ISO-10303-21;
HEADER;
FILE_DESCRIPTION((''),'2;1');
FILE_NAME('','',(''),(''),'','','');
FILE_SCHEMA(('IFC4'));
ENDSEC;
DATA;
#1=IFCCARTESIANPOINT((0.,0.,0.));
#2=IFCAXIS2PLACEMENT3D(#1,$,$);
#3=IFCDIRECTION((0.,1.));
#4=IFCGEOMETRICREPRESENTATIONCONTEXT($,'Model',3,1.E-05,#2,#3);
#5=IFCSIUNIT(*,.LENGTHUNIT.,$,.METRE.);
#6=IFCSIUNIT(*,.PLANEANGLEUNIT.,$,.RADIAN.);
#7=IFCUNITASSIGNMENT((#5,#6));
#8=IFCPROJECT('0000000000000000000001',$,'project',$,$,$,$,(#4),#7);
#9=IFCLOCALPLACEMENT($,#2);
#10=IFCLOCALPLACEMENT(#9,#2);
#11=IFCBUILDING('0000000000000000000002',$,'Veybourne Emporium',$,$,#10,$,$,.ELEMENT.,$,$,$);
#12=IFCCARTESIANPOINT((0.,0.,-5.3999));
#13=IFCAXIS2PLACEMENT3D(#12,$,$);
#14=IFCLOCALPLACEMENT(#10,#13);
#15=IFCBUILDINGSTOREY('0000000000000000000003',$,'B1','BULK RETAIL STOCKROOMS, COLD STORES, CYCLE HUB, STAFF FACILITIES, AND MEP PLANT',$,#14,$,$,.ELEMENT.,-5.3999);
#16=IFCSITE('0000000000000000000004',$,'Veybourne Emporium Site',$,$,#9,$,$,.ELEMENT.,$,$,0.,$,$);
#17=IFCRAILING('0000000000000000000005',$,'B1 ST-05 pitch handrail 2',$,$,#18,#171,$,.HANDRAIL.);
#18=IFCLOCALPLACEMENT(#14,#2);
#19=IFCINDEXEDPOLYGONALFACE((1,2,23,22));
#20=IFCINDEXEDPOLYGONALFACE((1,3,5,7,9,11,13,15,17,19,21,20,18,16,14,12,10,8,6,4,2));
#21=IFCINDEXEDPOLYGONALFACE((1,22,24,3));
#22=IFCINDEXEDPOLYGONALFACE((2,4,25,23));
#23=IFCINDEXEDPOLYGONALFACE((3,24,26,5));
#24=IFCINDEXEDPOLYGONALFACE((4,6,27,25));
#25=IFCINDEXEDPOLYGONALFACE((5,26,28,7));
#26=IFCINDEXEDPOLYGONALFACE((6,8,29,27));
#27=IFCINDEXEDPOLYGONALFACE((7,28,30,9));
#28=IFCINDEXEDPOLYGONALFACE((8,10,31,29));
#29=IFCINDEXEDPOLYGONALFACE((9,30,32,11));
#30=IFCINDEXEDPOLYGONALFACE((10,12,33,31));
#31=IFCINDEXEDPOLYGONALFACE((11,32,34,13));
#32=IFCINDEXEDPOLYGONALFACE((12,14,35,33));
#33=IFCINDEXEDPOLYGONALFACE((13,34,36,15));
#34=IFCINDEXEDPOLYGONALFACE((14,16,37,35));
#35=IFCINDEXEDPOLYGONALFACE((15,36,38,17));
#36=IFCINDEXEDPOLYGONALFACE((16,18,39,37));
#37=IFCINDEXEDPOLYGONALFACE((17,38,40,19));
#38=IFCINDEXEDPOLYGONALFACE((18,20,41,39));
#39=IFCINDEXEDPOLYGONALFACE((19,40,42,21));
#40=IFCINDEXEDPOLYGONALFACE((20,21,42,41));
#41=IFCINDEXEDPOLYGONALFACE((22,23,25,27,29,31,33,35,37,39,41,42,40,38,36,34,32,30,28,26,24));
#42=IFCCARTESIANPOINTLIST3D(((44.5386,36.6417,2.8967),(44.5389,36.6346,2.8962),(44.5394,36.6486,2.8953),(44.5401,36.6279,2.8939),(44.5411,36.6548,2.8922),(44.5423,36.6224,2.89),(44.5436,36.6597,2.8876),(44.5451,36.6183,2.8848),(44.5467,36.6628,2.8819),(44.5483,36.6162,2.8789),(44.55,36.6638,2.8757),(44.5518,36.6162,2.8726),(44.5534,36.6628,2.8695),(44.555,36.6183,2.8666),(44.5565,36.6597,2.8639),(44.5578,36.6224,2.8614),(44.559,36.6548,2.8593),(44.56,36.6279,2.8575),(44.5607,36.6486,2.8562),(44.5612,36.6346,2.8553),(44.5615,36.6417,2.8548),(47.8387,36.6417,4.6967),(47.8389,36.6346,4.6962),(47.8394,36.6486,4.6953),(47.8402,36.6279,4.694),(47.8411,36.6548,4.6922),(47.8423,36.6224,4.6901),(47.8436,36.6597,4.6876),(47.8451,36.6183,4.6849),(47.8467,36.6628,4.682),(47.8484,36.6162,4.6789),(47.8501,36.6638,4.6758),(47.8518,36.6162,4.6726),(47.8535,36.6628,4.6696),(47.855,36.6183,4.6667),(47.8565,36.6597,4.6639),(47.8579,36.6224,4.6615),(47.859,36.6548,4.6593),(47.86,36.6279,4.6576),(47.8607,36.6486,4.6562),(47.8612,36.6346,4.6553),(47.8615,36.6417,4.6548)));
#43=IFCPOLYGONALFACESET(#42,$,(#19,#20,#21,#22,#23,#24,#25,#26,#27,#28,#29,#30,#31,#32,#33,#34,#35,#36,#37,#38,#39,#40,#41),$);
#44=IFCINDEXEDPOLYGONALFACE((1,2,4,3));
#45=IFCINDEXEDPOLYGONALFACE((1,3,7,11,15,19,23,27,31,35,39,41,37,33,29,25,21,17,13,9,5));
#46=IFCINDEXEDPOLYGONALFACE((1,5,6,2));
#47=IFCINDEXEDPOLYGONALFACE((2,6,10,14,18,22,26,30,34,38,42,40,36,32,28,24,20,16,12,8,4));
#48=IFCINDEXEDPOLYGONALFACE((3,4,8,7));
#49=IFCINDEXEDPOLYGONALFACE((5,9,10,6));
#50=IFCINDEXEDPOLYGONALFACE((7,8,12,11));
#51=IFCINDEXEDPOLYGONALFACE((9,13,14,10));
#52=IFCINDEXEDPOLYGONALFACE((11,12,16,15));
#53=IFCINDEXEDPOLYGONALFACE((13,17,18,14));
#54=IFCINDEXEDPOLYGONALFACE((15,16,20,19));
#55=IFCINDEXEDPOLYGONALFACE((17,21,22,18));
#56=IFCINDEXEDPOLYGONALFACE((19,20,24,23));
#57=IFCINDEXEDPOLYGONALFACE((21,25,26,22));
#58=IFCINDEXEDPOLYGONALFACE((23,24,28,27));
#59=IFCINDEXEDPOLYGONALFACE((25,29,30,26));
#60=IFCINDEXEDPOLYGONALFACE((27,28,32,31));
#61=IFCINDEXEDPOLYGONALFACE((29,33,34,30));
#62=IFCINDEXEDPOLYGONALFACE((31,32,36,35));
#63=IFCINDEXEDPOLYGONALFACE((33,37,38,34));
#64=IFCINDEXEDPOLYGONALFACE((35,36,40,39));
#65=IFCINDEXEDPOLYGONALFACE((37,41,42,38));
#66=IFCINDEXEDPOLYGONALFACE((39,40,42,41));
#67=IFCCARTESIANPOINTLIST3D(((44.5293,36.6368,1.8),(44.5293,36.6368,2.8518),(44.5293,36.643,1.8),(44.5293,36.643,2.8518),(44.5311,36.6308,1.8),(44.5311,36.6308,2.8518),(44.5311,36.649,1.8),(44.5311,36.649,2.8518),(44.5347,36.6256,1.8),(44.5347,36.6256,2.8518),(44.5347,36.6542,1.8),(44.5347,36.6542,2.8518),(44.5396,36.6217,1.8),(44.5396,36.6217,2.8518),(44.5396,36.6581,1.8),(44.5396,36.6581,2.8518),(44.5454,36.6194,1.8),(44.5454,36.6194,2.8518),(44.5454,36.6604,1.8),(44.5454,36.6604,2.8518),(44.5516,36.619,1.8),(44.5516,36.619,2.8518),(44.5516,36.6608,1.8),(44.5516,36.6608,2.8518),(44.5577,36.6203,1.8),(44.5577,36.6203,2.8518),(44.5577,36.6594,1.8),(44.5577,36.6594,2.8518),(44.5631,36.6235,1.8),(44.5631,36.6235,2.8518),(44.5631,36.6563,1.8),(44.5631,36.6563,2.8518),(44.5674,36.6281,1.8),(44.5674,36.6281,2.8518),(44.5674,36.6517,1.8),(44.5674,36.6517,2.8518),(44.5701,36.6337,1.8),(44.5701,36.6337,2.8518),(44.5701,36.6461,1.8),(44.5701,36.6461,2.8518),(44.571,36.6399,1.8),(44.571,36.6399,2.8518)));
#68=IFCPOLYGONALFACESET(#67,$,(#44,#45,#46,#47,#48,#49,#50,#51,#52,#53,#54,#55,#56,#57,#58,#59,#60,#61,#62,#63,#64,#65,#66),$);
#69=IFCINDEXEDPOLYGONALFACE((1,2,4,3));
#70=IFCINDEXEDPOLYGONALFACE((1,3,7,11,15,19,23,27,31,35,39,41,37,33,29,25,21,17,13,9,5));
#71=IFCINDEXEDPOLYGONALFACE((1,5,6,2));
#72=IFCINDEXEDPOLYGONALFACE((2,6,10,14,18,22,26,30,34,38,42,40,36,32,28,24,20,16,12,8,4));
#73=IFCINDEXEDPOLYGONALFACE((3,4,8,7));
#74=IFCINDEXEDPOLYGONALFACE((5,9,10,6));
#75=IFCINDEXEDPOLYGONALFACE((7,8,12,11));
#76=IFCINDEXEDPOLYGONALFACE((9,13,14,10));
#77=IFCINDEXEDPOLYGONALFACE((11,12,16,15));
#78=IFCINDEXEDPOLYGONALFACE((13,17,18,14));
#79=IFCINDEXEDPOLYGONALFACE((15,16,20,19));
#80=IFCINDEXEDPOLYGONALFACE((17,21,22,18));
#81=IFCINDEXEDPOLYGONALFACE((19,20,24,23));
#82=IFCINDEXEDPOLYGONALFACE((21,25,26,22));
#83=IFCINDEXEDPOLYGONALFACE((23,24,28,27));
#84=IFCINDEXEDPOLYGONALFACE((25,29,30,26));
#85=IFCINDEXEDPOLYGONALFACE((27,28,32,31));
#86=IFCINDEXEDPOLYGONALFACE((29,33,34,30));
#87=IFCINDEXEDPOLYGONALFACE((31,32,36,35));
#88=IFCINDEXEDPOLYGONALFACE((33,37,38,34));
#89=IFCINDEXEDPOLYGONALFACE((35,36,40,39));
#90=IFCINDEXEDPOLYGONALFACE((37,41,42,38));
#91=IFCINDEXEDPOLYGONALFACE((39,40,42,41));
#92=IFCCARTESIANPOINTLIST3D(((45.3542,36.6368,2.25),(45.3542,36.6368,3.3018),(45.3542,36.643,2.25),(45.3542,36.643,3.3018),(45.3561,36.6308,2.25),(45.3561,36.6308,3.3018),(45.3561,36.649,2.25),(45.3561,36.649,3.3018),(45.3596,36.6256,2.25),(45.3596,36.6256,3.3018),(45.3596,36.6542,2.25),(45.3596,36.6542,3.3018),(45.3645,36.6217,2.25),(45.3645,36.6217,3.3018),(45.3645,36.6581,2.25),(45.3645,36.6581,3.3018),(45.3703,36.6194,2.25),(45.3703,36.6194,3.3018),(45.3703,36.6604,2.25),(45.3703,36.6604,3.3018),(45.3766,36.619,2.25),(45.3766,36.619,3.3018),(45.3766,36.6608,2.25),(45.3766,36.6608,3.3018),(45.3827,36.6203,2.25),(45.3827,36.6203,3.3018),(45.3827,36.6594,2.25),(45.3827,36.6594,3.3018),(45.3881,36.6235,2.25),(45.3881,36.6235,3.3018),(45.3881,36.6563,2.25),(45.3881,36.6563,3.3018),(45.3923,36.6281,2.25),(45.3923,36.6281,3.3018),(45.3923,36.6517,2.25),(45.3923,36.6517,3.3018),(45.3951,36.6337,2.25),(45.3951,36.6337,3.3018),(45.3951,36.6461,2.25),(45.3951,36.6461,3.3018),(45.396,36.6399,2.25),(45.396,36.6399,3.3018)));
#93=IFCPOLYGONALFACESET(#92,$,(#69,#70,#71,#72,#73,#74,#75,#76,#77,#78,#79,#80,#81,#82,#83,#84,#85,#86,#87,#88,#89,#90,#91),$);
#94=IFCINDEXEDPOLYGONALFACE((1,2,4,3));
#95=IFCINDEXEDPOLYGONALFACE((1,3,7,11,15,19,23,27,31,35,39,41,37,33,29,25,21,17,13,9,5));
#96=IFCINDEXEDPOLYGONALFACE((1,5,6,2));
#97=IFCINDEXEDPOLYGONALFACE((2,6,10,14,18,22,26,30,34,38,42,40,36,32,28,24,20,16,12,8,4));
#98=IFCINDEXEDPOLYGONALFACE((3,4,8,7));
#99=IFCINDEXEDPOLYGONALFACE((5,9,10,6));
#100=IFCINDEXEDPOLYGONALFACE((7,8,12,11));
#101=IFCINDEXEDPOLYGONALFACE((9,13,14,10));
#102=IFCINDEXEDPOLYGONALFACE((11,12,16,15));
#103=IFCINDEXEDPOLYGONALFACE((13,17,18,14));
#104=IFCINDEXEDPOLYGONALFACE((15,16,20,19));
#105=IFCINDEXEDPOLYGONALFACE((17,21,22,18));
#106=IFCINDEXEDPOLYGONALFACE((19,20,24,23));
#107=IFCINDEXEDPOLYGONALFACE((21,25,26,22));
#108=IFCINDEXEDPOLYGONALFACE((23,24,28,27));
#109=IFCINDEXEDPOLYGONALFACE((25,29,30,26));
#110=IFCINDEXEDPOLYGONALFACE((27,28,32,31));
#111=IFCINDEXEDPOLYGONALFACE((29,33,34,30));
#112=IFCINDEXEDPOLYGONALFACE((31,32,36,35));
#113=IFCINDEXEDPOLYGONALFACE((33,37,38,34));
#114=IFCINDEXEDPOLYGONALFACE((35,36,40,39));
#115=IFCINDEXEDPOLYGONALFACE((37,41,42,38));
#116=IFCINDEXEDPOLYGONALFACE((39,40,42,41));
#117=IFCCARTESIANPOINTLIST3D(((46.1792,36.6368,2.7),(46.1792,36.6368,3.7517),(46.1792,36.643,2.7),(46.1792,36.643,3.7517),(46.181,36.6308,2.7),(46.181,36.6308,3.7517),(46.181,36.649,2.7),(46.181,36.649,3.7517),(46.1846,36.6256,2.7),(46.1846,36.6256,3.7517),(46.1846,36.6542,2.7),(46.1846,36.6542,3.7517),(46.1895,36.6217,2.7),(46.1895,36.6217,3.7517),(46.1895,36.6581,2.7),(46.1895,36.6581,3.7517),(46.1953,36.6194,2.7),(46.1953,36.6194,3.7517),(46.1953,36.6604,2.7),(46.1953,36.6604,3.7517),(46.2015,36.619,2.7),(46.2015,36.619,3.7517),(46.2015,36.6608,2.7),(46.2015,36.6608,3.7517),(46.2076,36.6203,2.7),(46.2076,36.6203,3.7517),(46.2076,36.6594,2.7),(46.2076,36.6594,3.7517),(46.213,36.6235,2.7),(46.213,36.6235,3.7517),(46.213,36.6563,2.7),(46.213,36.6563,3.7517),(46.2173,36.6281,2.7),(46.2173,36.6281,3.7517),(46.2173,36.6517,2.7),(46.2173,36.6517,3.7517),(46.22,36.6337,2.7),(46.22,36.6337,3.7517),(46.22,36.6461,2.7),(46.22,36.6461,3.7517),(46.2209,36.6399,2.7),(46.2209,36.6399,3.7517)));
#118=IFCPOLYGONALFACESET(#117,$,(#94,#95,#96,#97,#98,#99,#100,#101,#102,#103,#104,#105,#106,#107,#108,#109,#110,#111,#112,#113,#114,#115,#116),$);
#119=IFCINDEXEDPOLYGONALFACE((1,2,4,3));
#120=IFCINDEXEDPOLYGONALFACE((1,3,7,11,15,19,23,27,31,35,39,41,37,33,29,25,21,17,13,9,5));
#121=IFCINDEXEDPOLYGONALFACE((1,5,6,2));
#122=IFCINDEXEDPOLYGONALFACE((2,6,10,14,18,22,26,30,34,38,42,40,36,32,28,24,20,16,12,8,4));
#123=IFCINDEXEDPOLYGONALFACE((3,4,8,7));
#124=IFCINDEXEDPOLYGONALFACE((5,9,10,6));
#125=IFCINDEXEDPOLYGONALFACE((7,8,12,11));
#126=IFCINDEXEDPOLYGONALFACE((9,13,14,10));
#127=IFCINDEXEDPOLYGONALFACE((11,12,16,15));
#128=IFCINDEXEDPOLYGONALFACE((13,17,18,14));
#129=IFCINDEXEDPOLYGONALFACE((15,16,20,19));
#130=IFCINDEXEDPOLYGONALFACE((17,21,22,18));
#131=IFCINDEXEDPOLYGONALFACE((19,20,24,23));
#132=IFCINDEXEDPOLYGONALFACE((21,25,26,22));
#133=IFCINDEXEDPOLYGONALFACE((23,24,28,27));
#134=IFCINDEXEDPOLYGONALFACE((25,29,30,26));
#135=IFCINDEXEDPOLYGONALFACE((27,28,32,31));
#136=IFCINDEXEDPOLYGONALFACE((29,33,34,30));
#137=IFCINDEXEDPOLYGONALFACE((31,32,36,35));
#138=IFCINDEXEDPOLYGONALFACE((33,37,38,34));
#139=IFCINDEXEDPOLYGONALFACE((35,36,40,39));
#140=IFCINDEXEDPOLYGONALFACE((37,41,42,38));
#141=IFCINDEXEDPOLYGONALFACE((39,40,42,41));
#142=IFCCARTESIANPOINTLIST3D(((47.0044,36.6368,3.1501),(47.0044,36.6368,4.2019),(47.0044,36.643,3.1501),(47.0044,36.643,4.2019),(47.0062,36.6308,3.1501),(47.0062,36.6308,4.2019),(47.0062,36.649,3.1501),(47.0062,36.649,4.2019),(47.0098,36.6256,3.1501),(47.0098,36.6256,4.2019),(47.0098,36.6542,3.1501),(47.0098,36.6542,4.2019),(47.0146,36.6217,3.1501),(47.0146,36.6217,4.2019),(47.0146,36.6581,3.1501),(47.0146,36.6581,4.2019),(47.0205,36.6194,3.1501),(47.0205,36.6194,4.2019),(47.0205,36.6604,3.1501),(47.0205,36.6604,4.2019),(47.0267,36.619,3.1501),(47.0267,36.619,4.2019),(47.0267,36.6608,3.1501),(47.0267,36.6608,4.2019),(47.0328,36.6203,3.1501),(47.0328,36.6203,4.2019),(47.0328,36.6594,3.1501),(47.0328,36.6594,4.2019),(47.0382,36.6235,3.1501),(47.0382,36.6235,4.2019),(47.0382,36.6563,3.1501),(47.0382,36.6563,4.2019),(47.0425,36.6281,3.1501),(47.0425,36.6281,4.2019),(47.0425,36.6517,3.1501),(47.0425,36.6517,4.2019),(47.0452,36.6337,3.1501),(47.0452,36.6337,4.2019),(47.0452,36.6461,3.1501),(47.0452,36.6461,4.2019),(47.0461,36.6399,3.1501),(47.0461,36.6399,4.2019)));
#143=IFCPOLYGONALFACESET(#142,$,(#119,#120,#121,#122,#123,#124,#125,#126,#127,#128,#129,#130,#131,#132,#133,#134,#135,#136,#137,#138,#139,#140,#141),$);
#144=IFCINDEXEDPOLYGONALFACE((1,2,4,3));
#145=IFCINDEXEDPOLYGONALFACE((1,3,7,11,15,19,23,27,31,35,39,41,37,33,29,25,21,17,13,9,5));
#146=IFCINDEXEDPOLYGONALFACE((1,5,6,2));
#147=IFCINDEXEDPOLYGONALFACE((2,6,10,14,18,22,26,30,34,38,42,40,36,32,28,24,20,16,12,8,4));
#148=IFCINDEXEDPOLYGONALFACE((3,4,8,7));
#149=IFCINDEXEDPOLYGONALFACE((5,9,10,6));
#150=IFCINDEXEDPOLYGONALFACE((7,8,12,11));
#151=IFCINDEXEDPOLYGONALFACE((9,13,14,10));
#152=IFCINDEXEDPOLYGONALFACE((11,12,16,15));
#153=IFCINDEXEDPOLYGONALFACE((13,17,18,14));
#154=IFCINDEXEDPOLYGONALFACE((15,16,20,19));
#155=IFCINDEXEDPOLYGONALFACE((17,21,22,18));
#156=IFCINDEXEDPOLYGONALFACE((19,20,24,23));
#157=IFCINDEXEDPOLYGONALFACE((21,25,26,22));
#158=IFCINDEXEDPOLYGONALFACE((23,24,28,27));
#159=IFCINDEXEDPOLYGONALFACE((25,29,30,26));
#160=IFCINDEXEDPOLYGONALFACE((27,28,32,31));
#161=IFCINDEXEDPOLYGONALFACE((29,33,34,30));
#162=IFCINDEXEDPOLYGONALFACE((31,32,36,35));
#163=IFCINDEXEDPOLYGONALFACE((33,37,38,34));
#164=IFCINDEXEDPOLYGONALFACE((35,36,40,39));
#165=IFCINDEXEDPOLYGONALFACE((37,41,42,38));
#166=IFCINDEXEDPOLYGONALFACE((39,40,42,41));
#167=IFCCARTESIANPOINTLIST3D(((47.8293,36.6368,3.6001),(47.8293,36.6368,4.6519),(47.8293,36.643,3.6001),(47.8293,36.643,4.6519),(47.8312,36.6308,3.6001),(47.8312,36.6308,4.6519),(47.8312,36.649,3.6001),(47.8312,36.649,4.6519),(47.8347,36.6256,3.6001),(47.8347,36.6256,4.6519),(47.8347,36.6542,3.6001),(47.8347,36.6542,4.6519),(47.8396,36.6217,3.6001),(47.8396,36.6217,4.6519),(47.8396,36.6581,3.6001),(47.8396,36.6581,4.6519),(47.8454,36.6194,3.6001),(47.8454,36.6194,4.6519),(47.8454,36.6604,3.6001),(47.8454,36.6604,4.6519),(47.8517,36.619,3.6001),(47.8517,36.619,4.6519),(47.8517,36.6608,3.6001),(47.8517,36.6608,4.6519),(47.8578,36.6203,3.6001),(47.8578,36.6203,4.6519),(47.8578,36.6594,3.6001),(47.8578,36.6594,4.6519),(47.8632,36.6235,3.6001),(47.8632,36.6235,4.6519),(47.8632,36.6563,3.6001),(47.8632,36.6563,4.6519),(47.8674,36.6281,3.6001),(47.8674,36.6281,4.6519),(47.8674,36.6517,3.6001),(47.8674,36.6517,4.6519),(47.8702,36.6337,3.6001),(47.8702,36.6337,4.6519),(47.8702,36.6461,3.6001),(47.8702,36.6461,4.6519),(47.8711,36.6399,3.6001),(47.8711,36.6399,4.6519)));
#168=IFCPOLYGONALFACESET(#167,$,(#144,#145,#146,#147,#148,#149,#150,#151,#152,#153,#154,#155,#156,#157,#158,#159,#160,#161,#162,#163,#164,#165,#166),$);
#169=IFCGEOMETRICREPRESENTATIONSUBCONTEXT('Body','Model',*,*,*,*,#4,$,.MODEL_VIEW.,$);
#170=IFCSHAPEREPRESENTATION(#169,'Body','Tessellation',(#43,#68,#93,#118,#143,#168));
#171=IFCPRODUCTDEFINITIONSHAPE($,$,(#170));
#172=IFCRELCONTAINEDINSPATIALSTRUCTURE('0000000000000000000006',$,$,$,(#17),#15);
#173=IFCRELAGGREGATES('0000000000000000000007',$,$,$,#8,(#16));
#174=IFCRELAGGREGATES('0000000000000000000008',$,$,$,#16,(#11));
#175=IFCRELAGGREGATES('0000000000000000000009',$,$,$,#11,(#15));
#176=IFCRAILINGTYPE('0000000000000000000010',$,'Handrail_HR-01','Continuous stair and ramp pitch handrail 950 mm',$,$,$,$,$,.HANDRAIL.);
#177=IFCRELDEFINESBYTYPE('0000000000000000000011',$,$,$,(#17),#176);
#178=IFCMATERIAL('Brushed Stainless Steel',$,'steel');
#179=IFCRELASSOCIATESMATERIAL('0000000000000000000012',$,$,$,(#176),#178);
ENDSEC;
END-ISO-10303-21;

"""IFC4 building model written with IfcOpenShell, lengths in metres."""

from ifc_helpers import new_model, si_unit, direction, frame, origin, origin_2d, place, context, subcontext, project, spatial, circle, extrude, material, type_object, element, save


model = new_model("IFC4")

# Units and contexts
model_context = context("Model", 3, precision=1e-05, world=origin(), true_north=direction((0.0, 1.0)))
body_context = subcontext(model_context, "Body", "Model", "MODEL_VIEW")
ifc_project = project(units=[si_unit("LENGTHUNIT", "METRE"), si_unit("PLANEANGLEUNIT", "RADIAN")], contexts=[model_context])

# Site, building, storey
site_placement = place(None, origin())
site = spatial("IfcSite", under=ifc_project, at=site_placement, Name="Veybourne Emporium Site", CompositionType="ELEMENT", RefElevation=0.0)
building_placement = place(site_placement, origin())
building = spatial("IfcBuilding", under=site, at=building_placement, Name="Veybourne Emporium", CompositionType="ELEMENT")
storey_placement = place(building_placement, frame((0.0, 0.0, -5.3999)))
storey = spatial("IfcBuildingStorey", under=building, at=storey_placement, Name="B1", Description="BULK RETAIL STOCKROOMS, COLD STORES, CYCLE HUB, STAFF FACILITIES, AND MEP PLANT", CompositionType="ELEMENT", Elevation=-5.3999)

# Railing
ifc_material_1 = material(Name="Brushed Stainless Steel", Category="steel")
railing_type_1 = type_object("IfcRailingType", Name="Handrail_HR-01", Description="Continuous stair and ramp pitch handrail 950 mm", PredefinedType="HANDRAIL", material=ifc_material_1)
railing_1_placement = place(storey_placement, frame((44.55, 36.6399, 1.95)))
element("IfcRailing", 1, at=railing_1_placement, inside=storey, type_object=railing_type_1, Name="B1 ST-05 pitch handrail 2", PredefinedType="HANDRAIL", context=body_context, shape_type="SweptSolid", body=[
    extrude(circle(Radius=0.0239, at=origin_2d()), frame((0.0, 0.0, 0.9258), z_axis=(0.877893, 0.0, 0.478857), x_axis=(0.0, 1.0, 0.0)), (0.0, 0.0, 1.0), 3.759),
    extrude(circle(Radius=0.021, at=origin_2d()), frame((0.0, 0.0, -0.1499)), (0.0, 0.0, 1.0), 1.0518),
    extrude(circle(Radius=0.021, at=origin_2d()), frame((0.825, 0.0, 0.3)), (0.0, 0.0, 1.0), 1.0518),
    extrude(circle(Radius=0.021, at=origin_2d()), frame((1.6499, 0.0, 0.75)), (0.0, 0.0, 1.0), 1.0518),
    extrude(circle(Radius=0.021, at=origin_2d()), frame((2.4751, 0.0, 1.2002)), (0.0, 0.0, 1.0), 1.0518),
    extrude(circle(Radius=0.021, at=origin_2d()), frame((3.3, 0.0, 1.6501)), (0.0, 0.0, 1.0), 1.0518),
])

save(model, "model.ifc")
